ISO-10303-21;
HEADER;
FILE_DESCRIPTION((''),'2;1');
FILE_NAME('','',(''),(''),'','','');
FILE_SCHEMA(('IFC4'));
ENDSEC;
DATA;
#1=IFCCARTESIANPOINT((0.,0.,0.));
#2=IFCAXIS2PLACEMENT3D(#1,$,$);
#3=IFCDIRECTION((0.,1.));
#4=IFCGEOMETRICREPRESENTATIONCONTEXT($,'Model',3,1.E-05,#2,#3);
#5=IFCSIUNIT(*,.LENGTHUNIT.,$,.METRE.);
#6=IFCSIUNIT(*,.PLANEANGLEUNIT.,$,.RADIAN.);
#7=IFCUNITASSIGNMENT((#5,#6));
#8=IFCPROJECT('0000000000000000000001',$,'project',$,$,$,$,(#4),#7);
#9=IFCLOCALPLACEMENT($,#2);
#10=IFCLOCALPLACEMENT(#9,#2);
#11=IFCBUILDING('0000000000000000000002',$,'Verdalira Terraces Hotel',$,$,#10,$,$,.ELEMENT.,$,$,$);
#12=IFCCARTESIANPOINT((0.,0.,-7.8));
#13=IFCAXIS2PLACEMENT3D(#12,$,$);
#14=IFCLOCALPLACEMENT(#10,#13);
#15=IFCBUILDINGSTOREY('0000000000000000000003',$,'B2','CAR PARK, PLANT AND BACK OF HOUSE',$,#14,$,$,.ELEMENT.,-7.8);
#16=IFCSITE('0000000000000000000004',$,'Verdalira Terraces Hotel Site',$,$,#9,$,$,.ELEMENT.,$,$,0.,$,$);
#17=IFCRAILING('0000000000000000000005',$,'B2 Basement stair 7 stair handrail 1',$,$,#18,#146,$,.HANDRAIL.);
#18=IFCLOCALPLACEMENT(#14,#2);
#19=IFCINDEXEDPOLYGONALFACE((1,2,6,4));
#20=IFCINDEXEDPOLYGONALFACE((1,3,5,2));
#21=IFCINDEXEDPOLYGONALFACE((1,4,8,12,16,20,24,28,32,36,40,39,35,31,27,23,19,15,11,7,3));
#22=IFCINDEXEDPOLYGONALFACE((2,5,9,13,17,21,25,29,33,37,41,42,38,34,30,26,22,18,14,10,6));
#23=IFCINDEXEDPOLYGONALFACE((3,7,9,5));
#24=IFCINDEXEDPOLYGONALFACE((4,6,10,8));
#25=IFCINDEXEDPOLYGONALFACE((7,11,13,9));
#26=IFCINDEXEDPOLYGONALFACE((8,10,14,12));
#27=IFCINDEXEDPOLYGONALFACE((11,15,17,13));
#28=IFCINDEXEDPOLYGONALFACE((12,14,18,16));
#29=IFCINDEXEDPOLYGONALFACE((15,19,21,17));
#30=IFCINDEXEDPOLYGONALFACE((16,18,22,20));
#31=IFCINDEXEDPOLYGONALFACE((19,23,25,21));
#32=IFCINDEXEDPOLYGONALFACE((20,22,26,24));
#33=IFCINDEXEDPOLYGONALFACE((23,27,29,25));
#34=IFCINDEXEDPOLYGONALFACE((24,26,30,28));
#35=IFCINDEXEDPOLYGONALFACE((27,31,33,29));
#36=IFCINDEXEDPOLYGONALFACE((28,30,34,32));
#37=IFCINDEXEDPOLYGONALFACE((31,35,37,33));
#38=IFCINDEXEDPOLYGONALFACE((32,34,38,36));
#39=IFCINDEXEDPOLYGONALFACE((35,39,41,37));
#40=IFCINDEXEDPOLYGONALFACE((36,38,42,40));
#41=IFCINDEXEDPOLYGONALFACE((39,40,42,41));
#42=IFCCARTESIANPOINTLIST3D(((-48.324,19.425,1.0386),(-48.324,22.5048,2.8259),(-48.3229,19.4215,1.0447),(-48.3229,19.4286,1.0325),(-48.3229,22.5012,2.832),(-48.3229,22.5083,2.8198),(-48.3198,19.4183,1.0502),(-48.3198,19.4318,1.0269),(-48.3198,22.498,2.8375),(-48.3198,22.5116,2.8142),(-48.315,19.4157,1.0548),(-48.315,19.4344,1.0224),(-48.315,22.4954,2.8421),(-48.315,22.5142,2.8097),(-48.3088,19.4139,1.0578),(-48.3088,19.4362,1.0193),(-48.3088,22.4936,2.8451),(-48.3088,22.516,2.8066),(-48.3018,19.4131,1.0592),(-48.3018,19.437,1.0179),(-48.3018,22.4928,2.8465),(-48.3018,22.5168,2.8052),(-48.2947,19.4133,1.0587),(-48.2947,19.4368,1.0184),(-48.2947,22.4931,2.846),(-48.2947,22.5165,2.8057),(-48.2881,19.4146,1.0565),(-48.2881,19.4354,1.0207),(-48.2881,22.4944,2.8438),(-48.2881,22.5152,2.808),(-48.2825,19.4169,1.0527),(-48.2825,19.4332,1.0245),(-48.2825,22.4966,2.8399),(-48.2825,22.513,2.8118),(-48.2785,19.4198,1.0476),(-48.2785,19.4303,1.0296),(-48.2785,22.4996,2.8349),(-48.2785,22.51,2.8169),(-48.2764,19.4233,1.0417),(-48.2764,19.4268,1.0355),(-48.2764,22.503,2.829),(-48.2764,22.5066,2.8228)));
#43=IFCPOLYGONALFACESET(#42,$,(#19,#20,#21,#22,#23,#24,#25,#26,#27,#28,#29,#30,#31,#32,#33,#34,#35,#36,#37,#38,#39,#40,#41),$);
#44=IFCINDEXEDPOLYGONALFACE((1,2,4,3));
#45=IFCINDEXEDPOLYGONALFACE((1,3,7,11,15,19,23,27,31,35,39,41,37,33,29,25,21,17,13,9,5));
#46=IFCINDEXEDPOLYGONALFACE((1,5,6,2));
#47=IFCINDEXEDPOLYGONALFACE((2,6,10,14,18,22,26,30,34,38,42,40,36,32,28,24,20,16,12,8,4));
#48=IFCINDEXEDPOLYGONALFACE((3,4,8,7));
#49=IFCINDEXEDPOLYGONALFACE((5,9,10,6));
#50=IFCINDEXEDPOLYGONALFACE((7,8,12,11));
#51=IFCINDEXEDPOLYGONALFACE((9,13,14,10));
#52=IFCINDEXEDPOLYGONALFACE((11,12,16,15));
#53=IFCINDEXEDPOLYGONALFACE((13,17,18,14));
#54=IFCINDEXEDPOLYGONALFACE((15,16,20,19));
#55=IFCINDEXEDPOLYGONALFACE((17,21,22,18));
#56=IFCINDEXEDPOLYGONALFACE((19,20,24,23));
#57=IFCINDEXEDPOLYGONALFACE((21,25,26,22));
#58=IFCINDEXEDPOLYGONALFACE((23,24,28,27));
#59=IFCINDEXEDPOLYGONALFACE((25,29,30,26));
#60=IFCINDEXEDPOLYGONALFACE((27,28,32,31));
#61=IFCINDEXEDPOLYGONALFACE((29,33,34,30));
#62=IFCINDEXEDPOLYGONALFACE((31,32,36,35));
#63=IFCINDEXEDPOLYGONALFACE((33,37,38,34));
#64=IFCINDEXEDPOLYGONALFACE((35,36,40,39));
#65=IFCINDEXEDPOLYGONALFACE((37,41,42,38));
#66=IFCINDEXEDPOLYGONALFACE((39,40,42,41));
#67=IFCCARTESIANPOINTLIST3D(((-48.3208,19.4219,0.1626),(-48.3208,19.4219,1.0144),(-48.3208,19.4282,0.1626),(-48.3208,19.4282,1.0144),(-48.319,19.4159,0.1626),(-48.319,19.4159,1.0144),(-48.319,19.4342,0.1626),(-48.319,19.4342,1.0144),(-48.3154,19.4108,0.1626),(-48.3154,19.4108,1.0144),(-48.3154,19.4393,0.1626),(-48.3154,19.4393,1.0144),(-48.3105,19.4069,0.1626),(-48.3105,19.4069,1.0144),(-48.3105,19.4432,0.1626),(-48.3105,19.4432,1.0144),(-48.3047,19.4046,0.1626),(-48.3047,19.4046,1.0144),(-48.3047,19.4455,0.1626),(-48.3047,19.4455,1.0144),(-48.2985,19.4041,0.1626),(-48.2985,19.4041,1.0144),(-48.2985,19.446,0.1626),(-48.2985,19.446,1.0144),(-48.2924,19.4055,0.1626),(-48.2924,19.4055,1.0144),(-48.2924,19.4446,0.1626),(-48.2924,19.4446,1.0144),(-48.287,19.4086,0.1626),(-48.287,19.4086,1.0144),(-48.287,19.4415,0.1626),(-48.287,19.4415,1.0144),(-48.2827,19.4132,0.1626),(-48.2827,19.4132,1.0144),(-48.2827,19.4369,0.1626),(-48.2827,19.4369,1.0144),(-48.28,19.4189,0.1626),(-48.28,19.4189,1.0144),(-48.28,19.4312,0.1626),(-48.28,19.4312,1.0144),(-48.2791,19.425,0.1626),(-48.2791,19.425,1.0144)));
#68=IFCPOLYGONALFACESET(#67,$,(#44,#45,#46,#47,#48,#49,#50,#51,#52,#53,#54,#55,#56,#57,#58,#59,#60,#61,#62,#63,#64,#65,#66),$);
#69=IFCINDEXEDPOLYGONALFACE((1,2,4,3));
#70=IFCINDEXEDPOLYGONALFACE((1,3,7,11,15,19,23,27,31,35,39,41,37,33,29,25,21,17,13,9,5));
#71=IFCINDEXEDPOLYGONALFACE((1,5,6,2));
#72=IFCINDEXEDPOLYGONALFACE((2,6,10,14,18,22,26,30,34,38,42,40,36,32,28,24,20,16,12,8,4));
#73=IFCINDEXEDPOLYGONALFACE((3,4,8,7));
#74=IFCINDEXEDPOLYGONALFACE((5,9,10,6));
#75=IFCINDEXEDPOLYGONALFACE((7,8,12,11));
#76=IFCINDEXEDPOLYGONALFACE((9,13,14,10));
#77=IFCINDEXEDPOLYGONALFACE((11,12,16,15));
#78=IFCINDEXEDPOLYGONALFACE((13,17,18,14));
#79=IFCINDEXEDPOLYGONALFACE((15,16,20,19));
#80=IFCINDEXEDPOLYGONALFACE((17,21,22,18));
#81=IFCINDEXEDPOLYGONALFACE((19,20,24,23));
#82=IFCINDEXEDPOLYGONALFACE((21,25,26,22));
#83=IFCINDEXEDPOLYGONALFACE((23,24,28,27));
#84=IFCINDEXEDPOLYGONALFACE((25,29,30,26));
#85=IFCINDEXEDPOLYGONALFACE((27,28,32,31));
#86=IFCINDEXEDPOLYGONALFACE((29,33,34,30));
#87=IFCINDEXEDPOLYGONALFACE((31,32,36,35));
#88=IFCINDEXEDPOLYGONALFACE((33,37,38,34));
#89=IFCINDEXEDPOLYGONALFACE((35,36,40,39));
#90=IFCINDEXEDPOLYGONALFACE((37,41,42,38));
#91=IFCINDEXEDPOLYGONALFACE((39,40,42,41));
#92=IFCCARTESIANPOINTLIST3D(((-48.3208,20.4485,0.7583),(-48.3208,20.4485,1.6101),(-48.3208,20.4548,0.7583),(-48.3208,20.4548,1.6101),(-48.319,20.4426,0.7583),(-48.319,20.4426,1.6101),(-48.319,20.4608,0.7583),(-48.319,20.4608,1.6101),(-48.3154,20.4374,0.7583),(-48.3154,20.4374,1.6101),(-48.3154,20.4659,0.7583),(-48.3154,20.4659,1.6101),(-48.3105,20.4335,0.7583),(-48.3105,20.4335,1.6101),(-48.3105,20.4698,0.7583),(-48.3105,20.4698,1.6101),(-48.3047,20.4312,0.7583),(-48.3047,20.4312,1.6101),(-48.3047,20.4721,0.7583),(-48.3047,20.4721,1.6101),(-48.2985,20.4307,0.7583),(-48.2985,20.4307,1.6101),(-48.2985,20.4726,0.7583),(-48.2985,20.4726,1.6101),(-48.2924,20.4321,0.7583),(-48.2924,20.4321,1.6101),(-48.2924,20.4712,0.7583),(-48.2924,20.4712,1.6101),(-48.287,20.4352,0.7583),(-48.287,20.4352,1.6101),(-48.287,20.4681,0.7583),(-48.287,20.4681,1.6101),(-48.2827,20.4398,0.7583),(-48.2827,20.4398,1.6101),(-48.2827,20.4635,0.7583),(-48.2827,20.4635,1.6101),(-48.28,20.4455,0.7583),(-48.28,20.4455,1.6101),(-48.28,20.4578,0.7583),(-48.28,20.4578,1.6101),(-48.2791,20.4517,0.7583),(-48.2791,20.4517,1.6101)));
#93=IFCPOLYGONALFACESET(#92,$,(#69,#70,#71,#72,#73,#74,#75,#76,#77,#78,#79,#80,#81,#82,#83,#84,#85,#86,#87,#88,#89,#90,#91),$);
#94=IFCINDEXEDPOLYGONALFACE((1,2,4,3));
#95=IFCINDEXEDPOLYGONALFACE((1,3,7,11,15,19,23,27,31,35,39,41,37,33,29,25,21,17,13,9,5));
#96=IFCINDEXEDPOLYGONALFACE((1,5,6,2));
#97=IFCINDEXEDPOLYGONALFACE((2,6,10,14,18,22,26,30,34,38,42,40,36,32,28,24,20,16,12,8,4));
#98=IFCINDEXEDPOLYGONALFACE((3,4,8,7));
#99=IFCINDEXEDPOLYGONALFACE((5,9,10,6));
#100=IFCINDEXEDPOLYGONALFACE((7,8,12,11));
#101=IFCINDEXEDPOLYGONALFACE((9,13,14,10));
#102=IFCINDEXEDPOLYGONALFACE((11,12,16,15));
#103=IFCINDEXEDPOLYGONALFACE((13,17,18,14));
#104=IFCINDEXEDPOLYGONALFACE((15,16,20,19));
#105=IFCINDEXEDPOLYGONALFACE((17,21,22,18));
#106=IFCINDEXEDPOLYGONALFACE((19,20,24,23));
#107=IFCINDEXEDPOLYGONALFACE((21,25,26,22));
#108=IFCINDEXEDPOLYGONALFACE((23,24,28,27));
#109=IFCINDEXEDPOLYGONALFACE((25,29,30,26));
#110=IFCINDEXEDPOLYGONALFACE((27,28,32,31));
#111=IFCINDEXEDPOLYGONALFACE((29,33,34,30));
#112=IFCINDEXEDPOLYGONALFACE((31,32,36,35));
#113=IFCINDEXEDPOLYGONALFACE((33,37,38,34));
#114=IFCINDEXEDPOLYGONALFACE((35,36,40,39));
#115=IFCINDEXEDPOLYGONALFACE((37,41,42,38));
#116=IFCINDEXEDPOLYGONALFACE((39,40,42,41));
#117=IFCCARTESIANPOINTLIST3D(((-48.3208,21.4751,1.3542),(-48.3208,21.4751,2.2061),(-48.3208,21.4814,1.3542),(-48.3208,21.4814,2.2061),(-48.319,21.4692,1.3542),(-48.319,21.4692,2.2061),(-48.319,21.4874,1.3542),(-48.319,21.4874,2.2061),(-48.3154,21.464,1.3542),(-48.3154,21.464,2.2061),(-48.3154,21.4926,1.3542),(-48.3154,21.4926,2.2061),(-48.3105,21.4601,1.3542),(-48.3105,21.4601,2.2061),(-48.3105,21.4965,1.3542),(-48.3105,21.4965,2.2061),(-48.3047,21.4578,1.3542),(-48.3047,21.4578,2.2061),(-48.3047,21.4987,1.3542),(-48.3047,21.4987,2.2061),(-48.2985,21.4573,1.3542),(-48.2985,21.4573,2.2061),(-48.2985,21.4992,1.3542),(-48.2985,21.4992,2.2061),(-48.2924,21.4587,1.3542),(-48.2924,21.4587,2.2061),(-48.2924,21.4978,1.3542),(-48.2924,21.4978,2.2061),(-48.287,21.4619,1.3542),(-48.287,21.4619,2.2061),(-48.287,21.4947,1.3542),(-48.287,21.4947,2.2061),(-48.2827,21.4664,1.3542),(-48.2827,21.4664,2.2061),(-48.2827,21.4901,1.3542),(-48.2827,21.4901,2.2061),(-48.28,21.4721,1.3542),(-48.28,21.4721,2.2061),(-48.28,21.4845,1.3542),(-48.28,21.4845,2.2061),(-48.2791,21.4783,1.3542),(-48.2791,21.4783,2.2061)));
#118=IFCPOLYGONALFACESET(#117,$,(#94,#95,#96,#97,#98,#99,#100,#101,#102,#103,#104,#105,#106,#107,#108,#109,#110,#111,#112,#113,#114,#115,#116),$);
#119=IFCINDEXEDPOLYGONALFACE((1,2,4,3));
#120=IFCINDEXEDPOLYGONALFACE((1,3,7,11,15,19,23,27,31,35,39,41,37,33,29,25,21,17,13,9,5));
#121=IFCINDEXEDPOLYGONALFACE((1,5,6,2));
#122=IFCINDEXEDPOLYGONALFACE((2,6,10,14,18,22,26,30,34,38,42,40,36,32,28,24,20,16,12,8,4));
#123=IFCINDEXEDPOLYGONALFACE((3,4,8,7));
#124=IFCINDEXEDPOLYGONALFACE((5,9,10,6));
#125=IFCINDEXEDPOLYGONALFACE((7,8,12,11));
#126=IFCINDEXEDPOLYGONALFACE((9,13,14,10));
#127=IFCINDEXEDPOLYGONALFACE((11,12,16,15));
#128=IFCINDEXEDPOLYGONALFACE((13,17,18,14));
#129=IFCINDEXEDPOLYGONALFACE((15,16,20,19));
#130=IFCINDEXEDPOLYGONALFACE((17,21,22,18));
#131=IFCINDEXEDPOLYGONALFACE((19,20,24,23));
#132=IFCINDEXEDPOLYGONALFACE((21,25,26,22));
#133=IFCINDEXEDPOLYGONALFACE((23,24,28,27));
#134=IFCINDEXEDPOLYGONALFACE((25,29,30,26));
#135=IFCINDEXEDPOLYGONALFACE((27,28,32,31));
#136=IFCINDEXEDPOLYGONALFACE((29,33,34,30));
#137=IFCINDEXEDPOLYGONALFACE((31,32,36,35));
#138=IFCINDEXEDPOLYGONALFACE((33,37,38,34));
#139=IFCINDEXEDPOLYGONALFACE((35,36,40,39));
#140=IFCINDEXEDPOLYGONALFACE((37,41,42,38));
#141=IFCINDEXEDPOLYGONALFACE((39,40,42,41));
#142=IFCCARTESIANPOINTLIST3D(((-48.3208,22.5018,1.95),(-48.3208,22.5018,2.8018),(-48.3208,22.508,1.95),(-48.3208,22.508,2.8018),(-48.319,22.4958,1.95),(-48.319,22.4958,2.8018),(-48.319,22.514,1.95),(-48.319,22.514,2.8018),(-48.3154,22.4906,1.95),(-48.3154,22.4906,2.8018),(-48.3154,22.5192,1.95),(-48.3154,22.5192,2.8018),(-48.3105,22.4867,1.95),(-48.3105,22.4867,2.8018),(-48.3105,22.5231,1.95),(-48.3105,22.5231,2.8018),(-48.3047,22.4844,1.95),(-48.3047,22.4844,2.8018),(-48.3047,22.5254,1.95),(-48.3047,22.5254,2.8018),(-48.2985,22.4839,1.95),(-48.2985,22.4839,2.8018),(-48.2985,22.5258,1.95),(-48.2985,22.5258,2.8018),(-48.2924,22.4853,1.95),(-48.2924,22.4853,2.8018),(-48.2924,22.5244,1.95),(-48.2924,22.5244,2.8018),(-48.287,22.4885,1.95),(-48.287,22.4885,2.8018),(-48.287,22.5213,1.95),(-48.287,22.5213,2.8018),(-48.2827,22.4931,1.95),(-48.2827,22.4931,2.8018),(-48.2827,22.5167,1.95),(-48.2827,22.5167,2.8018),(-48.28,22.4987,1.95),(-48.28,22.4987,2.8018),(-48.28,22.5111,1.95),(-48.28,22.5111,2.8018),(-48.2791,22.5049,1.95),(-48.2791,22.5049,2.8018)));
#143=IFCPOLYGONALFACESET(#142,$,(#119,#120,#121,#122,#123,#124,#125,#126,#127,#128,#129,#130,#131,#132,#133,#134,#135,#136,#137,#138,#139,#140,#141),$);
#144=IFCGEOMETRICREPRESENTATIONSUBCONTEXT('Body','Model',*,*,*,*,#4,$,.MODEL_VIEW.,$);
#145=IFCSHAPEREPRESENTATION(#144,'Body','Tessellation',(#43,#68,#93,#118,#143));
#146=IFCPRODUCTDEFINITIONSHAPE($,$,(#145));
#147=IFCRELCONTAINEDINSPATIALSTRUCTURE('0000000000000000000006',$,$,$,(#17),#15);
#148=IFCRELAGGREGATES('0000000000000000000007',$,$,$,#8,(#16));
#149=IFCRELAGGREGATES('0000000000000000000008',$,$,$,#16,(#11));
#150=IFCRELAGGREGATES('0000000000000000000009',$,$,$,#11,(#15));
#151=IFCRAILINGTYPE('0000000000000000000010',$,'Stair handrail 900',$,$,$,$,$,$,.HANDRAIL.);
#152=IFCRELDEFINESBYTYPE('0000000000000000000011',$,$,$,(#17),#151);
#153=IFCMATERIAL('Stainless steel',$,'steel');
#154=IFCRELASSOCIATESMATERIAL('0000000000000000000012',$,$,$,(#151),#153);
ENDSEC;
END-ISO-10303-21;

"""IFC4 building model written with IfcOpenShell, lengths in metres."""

from ifc_helpers import new_model, si_unit, direction, frame, origin, origin_2d, place, context, subcontext, project, spatial, circle, extrude, material, type_object, element, save


model = new_model("IFC4")

# Units and contexts
model_context = context("Model", 3, precision=1e-05, world=origin(), true_north=direction((0.0, 1.0)))
body_context = subcontext(model_context, "Body", "Model", "MODEL_VIEW")
ifc_project = project(units=[si_unit("LENGTHUNIT", "METRE"), si_unit("PLANEANGLEUNIT", "RADIAN")], contexts=[model_context])

# Site, building, storey
site_placement = place(None, origin())
site = spatial("IfcSite", under=ifc_project, at=site_placement, Name="Verdalira Terraces Hotel Site", CompositionType="ELEMENT", RefElevation=0.0)
building_placement = place(site_placement, origin())
building = spatial("IfcBuilding", under=site, at=building_placement, Name="Verdalira Terraces Hotel", CompositionType="ELEMENT")
storey_placement = place(building_placement, frame((0.0, 0.0, -7.8)))
storey = spatial("IfcBuildingStorey", under=building, at=storey_placement, Name="B2", Description="CAR PARK, PLANT AND BACK OF HOUSE", CompositionType="ELEMENT", Elevation=-7.8)

# Railing
ifc_material_1 = material(Name="Stainless steel", Category="steel")
railing_type_1 = type_object("IfcRailingType", Name="Stair handrail 900", PredefinedType="HANDRAIL", material=ifc_material_1)
railing_1_placement = place(storey_placement, frame((-48.3, 19.425, 0.1626)))
element("IfcRailing", 1, at=railing_1_placement, inside=storey, type_object=railing_type_1, Name="B2 Basement stair 7 stair handrail 1", PredefinedType="HANDRAIL", context=body_context, shape_type="SweptSolid", body=[
    extrude(circle(Radius=0.0239, at=origin_2d()), frame((0.0, 0.0, 0.876), z_axis=(0.0, 0.864903, 0.501939), x_axis=(-1.0, 0.0, 0.0)), (0.0, 0.0, 1.0), 3.5608),
    extrude(circle(Radius=0.021, at=origin_2d()), origin(), (0.0, 0.0, 1.0), 0.8518),
    extrude(circle(Radius=0.021, at=origin_2d()), frame((0.0, 1.0266, 0.5957)), (0.0, 0.0, 1.0), 0.8518),
    extrude(circle(Radius=0.021, at=origin_2d()), frame((0.0, 2.0532, 1.1917)), (0.0, 0.0, 1.0), 0.8518),
    extrude(circle(Radius=0.021, at=origin_2d()), frame((0.0, 3.0798, 1.7874)), (0.0, 0.0, 1.0), 0.8518),
])

save(model, "model.ifc")
